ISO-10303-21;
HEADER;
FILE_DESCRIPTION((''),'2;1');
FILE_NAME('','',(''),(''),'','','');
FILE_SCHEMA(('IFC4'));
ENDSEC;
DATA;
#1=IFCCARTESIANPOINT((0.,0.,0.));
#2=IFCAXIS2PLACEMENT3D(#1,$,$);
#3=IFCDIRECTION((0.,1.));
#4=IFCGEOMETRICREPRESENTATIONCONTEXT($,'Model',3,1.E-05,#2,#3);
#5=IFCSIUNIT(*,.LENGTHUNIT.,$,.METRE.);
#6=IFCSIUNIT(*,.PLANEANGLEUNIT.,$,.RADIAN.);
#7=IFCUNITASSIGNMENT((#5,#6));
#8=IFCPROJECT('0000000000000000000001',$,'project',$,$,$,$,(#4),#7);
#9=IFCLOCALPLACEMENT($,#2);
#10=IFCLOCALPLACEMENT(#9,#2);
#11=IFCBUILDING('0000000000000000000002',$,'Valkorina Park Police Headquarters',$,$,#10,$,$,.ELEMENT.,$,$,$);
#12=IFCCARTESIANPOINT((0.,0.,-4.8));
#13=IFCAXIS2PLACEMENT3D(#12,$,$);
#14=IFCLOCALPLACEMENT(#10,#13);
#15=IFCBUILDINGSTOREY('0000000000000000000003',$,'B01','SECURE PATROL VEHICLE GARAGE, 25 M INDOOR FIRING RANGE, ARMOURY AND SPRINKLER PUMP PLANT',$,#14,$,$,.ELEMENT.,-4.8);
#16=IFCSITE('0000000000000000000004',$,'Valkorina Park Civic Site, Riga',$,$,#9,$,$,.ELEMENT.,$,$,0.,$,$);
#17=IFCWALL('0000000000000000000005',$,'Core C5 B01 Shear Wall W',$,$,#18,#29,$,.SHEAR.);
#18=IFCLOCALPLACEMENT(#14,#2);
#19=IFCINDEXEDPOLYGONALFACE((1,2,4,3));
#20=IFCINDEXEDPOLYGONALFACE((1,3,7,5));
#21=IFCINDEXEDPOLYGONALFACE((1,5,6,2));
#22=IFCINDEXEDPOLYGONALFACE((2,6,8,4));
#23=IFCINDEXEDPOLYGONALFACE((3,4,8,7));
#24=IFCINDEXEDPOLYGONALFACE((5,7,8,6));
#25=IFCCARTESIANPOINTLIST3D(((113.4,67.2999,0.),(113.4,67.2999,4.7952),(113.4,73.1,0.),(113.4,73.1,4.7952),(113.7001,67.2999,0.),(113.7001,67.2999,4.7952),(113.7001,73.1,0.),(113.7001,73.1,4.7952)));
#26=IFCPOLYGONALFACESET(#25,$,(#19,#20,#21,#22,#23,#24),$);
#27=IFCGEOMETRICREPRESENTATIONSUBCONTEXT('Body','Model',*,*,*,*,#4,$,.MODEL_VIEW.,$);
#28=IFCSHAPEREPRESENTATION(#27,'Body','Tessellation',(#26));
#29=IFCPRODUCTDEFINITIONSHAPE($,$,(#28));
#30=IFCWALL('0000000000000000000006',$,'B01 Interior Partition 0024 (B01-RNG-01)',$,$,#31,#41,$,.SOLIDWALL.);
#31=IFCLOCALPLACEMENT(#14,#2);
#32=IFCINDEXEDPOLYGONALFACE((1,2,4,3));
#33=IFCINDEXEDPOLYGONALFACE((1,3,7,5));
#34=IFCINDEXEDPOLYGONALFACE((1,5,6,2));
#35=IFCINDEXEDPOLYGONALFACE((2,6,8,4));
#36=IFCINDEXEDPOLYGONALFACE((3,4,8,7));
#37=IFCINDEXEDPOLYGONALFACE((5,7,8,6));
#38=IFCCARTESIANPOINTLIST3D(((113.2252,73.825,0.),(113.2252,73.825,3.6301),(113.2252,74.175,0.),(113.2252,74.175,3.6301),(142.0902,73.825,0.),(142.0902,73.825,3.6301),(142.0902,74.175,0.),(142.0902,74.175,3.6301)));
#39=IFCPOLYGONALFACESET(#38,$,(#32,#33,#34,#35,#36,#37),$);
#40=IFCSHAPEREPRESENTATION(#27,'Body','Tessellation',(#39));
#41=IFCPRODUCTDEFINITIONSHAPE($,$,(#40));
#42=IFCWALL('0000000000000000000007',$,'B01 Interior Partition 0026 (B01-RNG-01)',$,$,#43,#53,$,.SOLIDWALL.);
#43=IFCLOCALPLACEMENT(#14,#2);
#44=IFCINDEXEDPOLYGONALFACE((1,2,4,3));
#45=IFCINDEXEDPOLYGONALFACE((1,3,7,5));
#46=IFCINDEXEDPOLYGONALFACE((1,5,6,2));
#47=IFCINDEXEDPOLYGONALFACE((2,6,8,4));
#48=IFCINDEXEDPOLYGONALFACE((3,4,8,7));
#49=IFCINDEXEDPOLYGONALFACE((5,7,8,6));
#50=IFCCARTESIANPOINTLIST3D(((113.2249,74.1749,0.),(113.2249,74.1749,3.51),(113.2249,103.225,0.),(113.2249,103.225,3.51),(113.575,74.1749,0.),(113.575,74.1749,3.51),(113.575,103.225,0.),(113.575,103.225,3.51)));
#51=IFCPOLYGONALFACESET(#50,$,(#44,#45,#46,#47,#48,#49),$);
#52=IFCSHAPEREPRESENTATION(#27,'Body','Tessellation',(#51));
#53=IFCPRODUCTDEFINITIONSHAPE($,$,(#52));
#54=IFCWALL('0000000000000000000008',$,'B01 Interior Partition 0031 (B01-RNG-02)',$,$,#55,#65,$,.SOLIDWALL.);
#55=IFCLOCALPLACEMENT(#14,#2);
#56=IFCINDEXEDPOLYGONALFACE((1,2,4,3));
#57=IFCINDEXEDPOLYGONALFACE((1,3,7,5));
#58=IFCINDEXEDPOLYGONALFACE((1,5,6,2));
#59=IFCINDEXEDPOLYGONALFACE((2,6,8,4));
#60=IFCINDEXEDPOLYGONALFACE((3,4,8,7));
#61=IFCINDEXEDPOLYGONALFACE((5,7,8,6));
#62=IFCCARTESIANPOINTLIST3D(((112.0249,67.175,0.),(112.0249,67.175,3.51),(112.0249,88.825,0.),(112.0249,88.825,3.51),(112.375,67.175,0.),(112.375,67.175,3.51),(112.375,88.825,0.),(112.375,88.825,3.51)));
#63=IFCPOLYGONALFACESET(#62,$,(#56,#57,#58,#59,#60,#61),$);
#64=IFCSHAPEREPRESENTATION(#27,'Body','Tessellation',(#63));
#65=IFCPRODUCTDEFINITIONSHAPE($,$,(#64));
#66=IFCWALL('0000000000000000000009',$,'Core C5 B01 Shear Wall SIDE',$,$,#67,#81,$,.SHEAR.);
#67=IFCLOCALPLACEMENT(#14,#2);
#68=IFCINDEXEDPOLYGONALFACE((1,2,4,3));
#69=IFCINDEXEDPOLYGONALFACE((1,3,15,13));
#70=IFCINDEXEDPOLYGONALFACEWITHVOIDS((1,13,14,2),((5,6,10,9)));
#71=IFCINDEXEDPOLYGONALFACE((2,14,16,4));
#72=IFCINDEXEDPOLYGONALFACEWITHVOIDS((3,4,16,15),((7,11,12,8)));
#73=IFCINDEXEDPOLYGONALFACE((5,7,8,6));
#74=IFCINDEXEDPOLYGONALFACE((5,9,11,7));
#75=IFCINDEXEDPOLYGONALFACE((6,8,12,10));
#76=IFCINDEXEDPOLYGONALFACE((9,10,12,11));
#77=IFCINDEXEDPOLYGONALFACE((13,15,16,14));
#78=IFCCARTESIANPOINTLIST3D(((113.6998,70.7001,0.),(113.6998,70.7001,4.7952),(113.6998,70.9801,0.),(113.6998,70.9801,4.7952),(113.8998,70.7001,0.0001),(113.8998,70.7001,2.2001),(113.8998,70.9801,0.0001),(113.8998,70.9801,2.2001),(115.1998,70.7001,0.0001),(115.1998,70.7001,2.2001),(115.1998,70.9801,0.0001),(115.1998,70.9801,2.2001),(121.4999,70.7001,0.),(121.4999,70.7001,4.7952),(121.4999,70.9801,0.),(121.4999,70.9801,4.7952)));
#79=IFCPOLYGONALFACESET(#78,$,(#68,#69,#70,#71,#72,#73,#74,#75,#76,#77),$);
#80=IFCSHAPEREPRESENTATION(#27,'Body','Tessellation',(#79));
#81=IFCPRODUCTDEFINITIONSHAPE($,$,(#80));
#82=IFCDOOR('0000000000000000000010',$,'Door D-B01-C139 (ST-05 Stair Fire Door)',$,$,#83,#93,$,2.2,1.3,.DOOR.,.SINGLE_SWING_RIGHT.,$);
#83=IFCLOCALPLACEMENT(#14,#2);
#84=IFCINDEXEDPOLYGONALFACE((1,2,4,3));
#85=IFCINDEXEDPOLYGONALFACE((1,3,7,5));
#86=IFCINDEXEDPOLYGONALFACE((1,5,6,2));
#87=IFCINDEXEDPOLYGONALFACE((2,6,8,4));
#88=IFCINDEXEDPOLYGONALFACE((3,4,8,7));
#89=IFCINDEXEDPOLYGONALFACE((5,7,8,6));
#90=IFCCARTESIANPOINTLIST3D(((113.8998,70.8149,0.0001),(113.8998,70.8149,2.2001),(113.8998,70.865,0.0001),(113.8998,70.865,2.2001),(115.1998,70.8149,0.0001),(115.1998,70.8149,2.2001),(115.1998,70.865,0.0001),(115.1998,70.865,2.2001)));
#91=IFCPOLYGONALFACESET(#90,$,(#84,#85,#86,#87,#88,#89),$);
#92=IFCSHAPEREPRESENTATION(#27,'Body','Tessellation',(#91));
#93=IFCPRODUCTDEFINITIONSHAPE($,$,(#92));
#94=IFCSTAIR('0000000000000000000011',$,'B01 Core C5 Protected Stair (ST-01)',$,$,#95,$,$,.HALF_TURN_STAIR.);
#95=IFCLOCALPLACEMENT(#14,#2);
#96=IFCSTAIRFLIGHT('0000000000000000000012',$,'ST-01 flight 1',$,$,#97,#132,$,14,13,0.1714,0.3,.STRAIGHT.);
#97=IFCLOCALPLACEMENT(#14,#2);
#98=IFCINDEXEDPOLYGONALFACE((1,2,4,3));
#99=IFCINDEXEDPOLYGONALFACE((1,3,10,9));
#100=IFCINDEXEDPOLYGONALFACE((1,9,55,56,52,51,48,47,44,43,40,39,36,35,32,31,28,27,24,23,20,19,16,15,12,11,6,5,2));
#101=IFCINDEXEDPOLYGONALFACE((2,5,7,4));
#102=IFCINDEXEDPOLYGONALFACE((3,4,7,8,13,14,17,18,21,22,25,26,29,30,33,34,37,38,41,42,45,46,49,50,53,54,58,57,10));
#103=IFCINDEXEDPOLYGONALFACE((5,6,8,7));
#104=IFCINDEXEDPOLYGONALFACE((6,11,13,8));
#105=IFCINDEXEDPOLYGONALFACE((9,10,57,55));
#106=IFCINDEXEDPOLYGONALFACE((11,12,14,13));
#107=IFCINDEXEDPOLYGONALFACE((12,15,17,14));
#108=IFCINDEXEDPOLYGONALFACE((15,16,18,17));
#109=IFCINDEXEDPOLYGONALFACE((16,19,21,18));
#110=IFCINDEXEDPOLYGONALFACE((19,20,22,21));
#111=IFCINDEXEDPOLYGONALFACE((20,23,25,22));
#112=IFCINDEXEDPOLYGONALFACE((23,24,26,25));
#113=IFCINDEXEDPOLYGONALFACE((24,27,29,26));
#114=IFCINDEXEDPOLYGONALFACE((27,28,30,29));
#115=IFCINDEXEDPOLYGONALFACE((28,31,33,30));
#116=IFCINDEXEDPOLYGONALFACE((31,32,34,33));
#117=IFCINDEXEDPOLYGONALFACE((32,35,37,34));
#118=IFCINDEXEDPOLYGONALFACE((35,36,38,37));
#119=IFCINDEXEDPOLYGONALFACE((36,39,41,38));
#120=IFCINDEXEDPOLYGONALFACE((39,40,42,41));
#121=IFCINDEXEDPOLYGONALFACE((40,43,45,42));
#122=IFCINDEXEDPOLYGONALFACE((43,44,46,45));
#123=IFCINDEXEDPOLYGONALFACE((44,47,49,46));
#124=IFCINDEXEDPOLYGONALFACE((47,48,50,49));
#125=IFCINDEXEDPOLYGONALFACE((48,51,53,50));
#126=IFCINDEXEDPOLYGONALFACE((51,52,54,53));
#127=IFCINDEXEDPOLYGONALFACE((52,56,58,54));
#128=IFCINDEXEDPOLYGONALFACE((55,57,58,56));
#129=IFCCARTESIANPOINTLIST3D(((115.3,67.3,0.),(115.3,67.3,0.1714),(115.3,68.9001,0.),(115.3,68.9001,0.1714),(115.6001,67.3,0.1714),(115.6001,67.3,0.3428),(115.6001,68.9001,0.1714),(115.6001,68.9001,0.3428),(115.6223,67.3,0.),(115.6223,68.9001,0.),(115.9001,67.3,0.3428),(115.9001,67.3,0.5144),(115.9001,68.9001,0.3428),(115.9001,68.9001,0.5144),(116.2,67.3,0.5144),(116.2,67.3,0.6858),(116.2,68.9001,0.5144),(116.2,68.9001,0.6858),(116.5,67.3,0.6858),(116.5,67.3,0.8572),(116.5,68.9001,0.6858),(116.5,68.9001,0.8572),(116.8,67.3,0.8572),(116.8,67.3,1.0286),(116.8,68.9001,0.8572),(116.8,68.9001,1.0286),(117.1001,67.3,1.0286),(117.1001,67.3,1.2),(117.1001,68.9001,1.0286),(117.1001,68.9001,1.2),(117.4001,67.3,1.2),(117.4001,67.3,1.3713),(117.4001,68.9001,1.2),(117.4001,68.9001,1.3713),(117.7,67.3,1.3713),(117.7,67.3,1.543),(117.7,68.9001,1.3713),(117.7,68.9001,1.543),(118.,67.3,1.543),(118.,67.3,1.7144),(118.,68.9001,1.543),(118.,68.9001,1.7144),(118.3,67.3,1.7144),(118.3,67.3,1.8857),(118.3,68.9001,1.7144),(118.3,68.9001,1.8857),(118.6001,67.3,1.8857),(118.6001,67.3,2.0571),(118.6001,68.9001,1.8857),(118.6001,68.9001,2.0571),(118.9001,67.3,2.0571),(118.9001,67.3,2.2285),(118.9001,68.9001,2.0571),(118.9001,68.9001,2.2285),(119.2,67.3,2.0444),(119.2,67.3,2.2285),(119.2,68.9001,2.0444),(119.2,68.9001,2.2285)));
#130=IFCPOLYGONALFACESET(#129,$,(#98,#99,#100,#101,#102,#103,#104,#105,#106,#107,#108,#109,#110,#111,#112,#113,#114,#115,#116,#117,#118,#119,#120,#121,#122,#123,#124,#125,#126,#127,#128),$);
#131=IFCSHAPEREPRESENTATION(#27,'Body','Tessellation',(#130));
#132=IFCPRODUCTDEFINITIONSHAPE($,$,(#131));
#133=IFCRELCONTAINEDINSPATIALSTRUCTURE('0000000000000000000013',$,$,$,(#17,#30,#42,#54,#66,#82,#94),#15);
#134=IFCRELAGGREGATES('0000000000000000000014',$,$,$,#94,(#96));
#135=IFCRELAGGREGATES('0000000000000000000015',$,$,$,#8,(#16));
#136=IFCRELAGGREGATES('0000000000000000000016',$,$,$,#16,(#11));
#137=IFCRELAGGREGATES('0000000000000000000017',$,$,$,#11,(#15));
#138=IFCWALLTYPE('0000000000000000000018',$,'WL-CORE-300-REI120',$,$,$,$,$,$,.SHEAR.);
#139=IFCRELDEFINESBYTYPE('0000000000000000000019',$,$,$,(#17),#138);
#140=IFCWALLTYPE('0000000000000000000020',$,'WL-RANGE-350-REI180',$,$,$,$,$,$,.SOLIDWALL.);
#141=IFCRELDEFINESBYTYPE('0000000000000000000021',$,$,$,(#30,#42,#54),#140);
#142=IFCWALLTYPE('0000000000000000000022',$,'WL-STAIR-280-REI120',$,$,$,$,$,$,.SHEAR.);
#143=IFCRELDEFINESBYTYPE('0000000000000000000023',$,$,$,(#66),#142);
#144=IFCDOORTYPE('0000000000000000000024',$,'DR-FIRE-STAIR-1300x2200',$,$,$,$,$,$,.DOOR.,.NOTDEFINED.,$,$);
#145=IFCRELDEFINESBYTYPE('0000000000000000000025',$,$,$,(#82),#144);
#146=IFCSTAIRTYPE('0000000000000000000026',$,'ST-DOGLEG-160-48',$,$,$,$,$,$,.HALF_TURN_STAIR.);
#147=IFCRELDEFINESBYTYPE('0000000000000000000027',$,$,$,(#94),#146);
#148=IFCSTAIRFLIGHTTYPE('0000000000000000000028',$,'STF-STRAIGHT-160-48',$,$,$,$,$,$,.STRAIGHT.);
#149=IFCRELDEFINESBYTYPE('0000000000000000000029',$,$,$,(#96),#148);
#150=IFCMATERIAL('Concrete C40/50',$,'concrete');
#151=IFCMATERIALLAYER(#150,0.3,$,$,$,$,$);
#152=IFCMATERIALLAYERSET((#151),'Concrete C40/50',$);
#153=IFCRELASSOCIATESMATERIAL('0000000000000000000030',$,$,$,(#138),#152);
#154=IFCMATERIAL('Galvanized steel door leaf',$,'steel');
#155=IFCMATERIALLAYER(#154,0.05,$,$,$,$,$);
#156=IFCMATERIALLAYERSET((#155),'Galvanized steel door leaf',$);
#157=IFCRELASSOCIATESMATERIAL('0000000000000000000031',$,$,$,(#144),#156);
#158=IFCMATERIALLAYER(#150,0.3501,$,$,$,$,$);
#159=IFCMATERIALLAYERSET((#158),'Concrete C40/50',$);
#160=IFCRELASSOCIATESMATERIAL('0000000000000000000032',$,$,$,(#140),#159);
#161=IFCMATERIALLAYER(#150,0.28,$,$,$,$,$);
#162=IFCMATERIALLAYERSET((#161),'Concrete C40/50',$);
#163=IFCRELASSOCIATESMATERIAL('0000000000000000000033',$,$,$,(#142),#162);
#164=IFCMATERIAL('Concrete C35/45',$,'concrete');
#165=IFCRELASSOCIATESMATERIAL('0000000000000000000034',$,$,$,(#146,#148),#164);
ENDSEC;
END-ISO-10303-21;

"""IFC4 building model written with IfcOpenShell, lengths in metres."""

from ifc_helpers import new_model, si_unit, direction, frame, frame_2d, origin, place, context, subcontext, project, spatial, polyline, rectangle, outline, extrude, material, layer, layer_set, type_object, element, fill, aggregate, save


model = new_model("IFC4")

# Units and contexts
model_context = context("Model", 3, precision=1e-05, world=origin(), true_north=direction((0.0, 1.0)))
body_context = subcontext(model_context, "Body", "Model", "MODEL_VIEW")
ifc_project = project(units=[si_unit("LENGTHUNIT", "METRE"), si_unit("PLANEANGLEUNIT", "RADIAN")], contexts=[model_context])

# Site, building, storey
site_placement = place(None, origin())
site = spatial("IfcSite", under=ifc_project, at=site_placement, Name="Valkorina Park Civic Site, Riga", CompositionType="ELEMENT", RefElevation=0.0)
building_placement = place(site_placement, origin())
building = spatial("IfcBuilding", under=site, at=building_placement, Name="Valkorina Park Police Headquarters", CompositionType="ELEMENT")
storey_placement = place(building_placement, frame((0.0, 0.0, -4.8)))
storey = spatial("IfcBuildingStorey", under=building, at=storey_placement, Name="B01", Description="SECURE PATROL VEHICLE GARAGE, 25 M INDOOR FIRING RANGE, ARMOURY AND SPRINKLER PUMP PLANT", CompositionType="ELEMENT", Elevation=-4.8)

# Shared definitions
ifc_material_1 = material(Name="Concrete C35/45", Category="concrete")

# Shared definitions
ifc_material_2 = material(Name="Concrete C40/50", Category="concrete")

# Shared definitions
ifc_layer_1 = layer(ifc_material_2, 0.3)
ifc_layer_set_1 = layer_set([ifc_layer_1], Name="Concrete C40/50")
wall_type_1 = type_object("IfcWallType", Name="WL-CORE-300-REI120", PredefinedType="SHEAR", material=ifc_layer_set_1)
ifc_material_3 = material(Name="Galvanized steel door leaf", Category="steel")
ifc_layer_2 = layer(ifc_material_3, 0.05)
ifc_layer_set_2 = layer_set([ifc_layer_2], Name="Galvanized steel door leaf")
door_type = type_object("IfcDoorType", Name="DR-FIRE-STAIR-1300x2200", OperationType="NOTDEFINED", PredefinedType="DOOR", material=ifc_layer_set_2)

# Walls
wall_1_placement = place(storey_placement, frame((113.55, 67.3, 0.0), z_axis=(0.0, 0.0, 1.0), x_axis=(0.0, 1.0, 0.0)))
element("IfcWall", 1, at=wall_1_placement, inside=storey, type_object=wall_type_1, Name="Core C5 B01 Shear Wall W", PredefinedType="SHEAR", context=body_context, shape_type="SweptSolid", body=[
    extrude(rectangle(XDim=5.8, YDim=0.3, at=frame_2d((2.8999, 0.0))), origin(), (0.0, 0.0, 1.0), 4.7952),
])
ifc_layer_3 = layer(ifc_material_2, 0.3501)
ifc_layer_set_3 = layer_set([ifc_layer_3], Name="Concrete C40/50")
wall_type_2 = type_object("IfcWallType", Name="WL-RANGE-350-REI180", PredefinedType="SOLIDWALL", material=ifc_layer_set_3)
wall_2_placement = place(storey_placement, frame((113.2251, 74.0, 0.0), z_axis=(0.0, 0.0, 1.0), x_axis=(1.0, 0.0, 0.0)))
element("IfcWall", 2, at=wall_2_placement, inside=storey, type_object=wall_type_2, Name="B01 Interior Partition 0024 (B01-RNG-01)", PredefinedType="SOLIDWALL", context=body_context, shape_type="SweptSolid", body=[
    extrude(rectangle(XDim=28.865, YDim=0.3501, at=frame_2d((14.4326, 0.0))), origin(), (0.0, 0.0, 1.0), 3.6301),
])
wall_3_placement = place(storey_placement, frame((113.3999, 74.175, 0.0), z_axis=(0.0, 0.0, 1.0), x_axis=(0.0, 1.0, 0.0)))
element("IfcWall", 3, at=wall_3_placement, inside=storey, type_object=wall_type_2, Name="B01 Interior Partition 0026 (B01-RNG-01)", PredefinedType="SOLIDWALL", context=body_context, shape_type="SweptSolid", body=[
    extrude(rectangle(XDim=29.05, YDim=0.3501, at=frame_2d((14.5249, 0.0))), origin(), (0.0, 0.0, 1.0), 3.51),
])
wall_4_placement = place(storey_placement, frame((112.2, 67.175, 0.0), z_axis=(0.0, 0.0, 1.0), x_axis=(0.0, 1.0, 0.0)))
element("IfcWall", 4, at=wall_4_placement, inside=storey, type_object=wall_type_2, Name="B01 Interior Partition 0031 (B01-RNG-02)", PredefinedType="SOLIDWALL", context=body_context, shape_type="SweptSolid", body=[
    extrude(rectangle(XDim=21.6499, YDim=0.3501, at=frame_2d((10.825, 0.0))), origin(), (0.0, 0.0, 1.0), 3.51),
])

# Wall, opening, door
ifc_layer_4 = layer(ifc_material_2, 0.28)
ifc_layer_set_4 = layer_set([ifc_layer_4], Name="Concrete C40/50")
wall_type_3 = type_object("IfcWallType", Name="WL-STAIR-280-REI120", PredefinedType="SHEAR", material=ifc_layer_set_4)
wall_5_placement = place(storey_placement, frame((113.7, 70.8401, 0.0), z_axis=(0.0, 0.0, 1.0), x_axis=(1.0, 0.0, 0.0)))
wall_5 = element("IfcWall", 5, at=wall_5_placement, inside=storey, type_object=wall_type_3, Name="Core C5 B01 Shear Wall SIDE", PredefinedType="SHEAR", context=body_context, shape_type="SweptSolid", body=[
    extrude(rectangle(XDim=7.8, YDim=0.28, at=frame_2d((3.8999, 0.0))), origin(), (0.0, 0.0, 1.0), 4.7952),
])
opening_1_placement = place(wall_5_placement, frame((0.2, 0.0, 0.0)))
opening_1 = element("IfcOpeningElement", 6, at=opening_1_placement, cuts=wall_5, PredefinedType="OPENING", context=body_context, shape_type="SweptSolid", body=[
    extrude(rectangle(XDim=1.3, YDim=2.2, at=frame_2d((0.6499, 1.1001))), frame((0.0, 0.1499, 0.0), z_axis=(0.0, -1.0, 0.0), x_axis=(1.0, 0.0, 0.0)), (0.0, 0.0, 1.0), 0.3),
])
door_1_placement = place(opening_1_placement, origin())
door_1 = element("IfcDoor", 7, at=door_1_placement, inside=storey, type_object=door_type, Name="Door D-B01-C139 (ST-05 Stair Fire Door)", OperationType="SINGLE_SWING_RIGHT", OverallHeight=2.2, OverallWidth=1.3, PredefinedType="DOOR", context=body_context, shape_type="SweptSolid", body=[
    extrude(rectangle(XDim=1.3, YDim=2.2, at=frame_2d((0.6499, 1.1001))), frame((0.0, 0.0249, 0.0), z_axis=(0.0, -1.0, 0.0), x_axis=(1.0, 0.0, 0.0)), (0.0, 0.0, 1.0), 0.05),
])
fill(opening_1, door_1)

# Stair, stair flight
stair_type = type_object("IfcStairType", Name="ST-DOGLEG-160-48", PredefinedType="HALF_TURN_STAIR", material=ifc_material_1)
stair_placement = place(storey_placement, origin())
stair = element("IfcStair", 8, at=stair_placement, inside=storey, type_object=stair_type, Name="B01 Core C5 Protected Stair (ST-01)", PredefinedType="HALF_TURN_STAIR")
stair_flight_type = type_object("IfcStairFlightType", Name="STF-STRAIGHT-160-48", PredefinedType="STRAIGHT", material=ifc_material_1)
stair_flight_placement = place(storey_placement, frame((115.3, 68.1001, 0.0), z_axis=(0.0, 0.0, 1.0), x_axis=(1.0, 0.0, 0.0)))
stair_flight = element("IfcStairFlight", 9, at=stair_flight_placement, type_object=stair_flight_type, Name="ST-01 flight 1", NumberOfRisers=14, NumberOfTreads=13, PredefinedType="STRAIGHT", RiserHeight=0.1714, TreadLength=0.3, context=body_context, shape_type="SweptSolid", body=[
    extrude(outline(polyline([(0.0, 0.0), (0.0, 0.1714), (0.3, 0.1714), (0.3, 0.3428), (0.6001, 0.3428), (0.6001, 0.5144), (0.8999, 0.5144), (0.8999, 0.6858), (1.2, 0.6858), (1.2, 0.8572), (1.5, 0.8572), (1.5, 1.0286), (1.8, 1.0286), (1.8, 1.2), (2.1001, 1.2), (2.1001, 1.3713), (2.3999, 1.3713), (2.3999, 1.543), (2.7, 1.543), (2.7, 1.7144), (3.0, 1.7144), (3.0, 1.8857), (3.3, 1.8857), (3.3, 2.0571), (3.6001, 2.0571), (3.6001, 2.2285), (3.8999, 2.2285), (3.8999, 2.3999), (3.8999, 2.0444), (0.3223, 0.0), (0.0, 0.0)])), frame((0.0, 0.8, 0.0), z_axis=(0.0, -1.0, 0.0), x_axis=(1.0, 0.0, 0.0)), (0.0, 0.0, 1.0), 1.6001),
])
aggregate(stair, [stair_flight])

save(model, "model.ifc")
